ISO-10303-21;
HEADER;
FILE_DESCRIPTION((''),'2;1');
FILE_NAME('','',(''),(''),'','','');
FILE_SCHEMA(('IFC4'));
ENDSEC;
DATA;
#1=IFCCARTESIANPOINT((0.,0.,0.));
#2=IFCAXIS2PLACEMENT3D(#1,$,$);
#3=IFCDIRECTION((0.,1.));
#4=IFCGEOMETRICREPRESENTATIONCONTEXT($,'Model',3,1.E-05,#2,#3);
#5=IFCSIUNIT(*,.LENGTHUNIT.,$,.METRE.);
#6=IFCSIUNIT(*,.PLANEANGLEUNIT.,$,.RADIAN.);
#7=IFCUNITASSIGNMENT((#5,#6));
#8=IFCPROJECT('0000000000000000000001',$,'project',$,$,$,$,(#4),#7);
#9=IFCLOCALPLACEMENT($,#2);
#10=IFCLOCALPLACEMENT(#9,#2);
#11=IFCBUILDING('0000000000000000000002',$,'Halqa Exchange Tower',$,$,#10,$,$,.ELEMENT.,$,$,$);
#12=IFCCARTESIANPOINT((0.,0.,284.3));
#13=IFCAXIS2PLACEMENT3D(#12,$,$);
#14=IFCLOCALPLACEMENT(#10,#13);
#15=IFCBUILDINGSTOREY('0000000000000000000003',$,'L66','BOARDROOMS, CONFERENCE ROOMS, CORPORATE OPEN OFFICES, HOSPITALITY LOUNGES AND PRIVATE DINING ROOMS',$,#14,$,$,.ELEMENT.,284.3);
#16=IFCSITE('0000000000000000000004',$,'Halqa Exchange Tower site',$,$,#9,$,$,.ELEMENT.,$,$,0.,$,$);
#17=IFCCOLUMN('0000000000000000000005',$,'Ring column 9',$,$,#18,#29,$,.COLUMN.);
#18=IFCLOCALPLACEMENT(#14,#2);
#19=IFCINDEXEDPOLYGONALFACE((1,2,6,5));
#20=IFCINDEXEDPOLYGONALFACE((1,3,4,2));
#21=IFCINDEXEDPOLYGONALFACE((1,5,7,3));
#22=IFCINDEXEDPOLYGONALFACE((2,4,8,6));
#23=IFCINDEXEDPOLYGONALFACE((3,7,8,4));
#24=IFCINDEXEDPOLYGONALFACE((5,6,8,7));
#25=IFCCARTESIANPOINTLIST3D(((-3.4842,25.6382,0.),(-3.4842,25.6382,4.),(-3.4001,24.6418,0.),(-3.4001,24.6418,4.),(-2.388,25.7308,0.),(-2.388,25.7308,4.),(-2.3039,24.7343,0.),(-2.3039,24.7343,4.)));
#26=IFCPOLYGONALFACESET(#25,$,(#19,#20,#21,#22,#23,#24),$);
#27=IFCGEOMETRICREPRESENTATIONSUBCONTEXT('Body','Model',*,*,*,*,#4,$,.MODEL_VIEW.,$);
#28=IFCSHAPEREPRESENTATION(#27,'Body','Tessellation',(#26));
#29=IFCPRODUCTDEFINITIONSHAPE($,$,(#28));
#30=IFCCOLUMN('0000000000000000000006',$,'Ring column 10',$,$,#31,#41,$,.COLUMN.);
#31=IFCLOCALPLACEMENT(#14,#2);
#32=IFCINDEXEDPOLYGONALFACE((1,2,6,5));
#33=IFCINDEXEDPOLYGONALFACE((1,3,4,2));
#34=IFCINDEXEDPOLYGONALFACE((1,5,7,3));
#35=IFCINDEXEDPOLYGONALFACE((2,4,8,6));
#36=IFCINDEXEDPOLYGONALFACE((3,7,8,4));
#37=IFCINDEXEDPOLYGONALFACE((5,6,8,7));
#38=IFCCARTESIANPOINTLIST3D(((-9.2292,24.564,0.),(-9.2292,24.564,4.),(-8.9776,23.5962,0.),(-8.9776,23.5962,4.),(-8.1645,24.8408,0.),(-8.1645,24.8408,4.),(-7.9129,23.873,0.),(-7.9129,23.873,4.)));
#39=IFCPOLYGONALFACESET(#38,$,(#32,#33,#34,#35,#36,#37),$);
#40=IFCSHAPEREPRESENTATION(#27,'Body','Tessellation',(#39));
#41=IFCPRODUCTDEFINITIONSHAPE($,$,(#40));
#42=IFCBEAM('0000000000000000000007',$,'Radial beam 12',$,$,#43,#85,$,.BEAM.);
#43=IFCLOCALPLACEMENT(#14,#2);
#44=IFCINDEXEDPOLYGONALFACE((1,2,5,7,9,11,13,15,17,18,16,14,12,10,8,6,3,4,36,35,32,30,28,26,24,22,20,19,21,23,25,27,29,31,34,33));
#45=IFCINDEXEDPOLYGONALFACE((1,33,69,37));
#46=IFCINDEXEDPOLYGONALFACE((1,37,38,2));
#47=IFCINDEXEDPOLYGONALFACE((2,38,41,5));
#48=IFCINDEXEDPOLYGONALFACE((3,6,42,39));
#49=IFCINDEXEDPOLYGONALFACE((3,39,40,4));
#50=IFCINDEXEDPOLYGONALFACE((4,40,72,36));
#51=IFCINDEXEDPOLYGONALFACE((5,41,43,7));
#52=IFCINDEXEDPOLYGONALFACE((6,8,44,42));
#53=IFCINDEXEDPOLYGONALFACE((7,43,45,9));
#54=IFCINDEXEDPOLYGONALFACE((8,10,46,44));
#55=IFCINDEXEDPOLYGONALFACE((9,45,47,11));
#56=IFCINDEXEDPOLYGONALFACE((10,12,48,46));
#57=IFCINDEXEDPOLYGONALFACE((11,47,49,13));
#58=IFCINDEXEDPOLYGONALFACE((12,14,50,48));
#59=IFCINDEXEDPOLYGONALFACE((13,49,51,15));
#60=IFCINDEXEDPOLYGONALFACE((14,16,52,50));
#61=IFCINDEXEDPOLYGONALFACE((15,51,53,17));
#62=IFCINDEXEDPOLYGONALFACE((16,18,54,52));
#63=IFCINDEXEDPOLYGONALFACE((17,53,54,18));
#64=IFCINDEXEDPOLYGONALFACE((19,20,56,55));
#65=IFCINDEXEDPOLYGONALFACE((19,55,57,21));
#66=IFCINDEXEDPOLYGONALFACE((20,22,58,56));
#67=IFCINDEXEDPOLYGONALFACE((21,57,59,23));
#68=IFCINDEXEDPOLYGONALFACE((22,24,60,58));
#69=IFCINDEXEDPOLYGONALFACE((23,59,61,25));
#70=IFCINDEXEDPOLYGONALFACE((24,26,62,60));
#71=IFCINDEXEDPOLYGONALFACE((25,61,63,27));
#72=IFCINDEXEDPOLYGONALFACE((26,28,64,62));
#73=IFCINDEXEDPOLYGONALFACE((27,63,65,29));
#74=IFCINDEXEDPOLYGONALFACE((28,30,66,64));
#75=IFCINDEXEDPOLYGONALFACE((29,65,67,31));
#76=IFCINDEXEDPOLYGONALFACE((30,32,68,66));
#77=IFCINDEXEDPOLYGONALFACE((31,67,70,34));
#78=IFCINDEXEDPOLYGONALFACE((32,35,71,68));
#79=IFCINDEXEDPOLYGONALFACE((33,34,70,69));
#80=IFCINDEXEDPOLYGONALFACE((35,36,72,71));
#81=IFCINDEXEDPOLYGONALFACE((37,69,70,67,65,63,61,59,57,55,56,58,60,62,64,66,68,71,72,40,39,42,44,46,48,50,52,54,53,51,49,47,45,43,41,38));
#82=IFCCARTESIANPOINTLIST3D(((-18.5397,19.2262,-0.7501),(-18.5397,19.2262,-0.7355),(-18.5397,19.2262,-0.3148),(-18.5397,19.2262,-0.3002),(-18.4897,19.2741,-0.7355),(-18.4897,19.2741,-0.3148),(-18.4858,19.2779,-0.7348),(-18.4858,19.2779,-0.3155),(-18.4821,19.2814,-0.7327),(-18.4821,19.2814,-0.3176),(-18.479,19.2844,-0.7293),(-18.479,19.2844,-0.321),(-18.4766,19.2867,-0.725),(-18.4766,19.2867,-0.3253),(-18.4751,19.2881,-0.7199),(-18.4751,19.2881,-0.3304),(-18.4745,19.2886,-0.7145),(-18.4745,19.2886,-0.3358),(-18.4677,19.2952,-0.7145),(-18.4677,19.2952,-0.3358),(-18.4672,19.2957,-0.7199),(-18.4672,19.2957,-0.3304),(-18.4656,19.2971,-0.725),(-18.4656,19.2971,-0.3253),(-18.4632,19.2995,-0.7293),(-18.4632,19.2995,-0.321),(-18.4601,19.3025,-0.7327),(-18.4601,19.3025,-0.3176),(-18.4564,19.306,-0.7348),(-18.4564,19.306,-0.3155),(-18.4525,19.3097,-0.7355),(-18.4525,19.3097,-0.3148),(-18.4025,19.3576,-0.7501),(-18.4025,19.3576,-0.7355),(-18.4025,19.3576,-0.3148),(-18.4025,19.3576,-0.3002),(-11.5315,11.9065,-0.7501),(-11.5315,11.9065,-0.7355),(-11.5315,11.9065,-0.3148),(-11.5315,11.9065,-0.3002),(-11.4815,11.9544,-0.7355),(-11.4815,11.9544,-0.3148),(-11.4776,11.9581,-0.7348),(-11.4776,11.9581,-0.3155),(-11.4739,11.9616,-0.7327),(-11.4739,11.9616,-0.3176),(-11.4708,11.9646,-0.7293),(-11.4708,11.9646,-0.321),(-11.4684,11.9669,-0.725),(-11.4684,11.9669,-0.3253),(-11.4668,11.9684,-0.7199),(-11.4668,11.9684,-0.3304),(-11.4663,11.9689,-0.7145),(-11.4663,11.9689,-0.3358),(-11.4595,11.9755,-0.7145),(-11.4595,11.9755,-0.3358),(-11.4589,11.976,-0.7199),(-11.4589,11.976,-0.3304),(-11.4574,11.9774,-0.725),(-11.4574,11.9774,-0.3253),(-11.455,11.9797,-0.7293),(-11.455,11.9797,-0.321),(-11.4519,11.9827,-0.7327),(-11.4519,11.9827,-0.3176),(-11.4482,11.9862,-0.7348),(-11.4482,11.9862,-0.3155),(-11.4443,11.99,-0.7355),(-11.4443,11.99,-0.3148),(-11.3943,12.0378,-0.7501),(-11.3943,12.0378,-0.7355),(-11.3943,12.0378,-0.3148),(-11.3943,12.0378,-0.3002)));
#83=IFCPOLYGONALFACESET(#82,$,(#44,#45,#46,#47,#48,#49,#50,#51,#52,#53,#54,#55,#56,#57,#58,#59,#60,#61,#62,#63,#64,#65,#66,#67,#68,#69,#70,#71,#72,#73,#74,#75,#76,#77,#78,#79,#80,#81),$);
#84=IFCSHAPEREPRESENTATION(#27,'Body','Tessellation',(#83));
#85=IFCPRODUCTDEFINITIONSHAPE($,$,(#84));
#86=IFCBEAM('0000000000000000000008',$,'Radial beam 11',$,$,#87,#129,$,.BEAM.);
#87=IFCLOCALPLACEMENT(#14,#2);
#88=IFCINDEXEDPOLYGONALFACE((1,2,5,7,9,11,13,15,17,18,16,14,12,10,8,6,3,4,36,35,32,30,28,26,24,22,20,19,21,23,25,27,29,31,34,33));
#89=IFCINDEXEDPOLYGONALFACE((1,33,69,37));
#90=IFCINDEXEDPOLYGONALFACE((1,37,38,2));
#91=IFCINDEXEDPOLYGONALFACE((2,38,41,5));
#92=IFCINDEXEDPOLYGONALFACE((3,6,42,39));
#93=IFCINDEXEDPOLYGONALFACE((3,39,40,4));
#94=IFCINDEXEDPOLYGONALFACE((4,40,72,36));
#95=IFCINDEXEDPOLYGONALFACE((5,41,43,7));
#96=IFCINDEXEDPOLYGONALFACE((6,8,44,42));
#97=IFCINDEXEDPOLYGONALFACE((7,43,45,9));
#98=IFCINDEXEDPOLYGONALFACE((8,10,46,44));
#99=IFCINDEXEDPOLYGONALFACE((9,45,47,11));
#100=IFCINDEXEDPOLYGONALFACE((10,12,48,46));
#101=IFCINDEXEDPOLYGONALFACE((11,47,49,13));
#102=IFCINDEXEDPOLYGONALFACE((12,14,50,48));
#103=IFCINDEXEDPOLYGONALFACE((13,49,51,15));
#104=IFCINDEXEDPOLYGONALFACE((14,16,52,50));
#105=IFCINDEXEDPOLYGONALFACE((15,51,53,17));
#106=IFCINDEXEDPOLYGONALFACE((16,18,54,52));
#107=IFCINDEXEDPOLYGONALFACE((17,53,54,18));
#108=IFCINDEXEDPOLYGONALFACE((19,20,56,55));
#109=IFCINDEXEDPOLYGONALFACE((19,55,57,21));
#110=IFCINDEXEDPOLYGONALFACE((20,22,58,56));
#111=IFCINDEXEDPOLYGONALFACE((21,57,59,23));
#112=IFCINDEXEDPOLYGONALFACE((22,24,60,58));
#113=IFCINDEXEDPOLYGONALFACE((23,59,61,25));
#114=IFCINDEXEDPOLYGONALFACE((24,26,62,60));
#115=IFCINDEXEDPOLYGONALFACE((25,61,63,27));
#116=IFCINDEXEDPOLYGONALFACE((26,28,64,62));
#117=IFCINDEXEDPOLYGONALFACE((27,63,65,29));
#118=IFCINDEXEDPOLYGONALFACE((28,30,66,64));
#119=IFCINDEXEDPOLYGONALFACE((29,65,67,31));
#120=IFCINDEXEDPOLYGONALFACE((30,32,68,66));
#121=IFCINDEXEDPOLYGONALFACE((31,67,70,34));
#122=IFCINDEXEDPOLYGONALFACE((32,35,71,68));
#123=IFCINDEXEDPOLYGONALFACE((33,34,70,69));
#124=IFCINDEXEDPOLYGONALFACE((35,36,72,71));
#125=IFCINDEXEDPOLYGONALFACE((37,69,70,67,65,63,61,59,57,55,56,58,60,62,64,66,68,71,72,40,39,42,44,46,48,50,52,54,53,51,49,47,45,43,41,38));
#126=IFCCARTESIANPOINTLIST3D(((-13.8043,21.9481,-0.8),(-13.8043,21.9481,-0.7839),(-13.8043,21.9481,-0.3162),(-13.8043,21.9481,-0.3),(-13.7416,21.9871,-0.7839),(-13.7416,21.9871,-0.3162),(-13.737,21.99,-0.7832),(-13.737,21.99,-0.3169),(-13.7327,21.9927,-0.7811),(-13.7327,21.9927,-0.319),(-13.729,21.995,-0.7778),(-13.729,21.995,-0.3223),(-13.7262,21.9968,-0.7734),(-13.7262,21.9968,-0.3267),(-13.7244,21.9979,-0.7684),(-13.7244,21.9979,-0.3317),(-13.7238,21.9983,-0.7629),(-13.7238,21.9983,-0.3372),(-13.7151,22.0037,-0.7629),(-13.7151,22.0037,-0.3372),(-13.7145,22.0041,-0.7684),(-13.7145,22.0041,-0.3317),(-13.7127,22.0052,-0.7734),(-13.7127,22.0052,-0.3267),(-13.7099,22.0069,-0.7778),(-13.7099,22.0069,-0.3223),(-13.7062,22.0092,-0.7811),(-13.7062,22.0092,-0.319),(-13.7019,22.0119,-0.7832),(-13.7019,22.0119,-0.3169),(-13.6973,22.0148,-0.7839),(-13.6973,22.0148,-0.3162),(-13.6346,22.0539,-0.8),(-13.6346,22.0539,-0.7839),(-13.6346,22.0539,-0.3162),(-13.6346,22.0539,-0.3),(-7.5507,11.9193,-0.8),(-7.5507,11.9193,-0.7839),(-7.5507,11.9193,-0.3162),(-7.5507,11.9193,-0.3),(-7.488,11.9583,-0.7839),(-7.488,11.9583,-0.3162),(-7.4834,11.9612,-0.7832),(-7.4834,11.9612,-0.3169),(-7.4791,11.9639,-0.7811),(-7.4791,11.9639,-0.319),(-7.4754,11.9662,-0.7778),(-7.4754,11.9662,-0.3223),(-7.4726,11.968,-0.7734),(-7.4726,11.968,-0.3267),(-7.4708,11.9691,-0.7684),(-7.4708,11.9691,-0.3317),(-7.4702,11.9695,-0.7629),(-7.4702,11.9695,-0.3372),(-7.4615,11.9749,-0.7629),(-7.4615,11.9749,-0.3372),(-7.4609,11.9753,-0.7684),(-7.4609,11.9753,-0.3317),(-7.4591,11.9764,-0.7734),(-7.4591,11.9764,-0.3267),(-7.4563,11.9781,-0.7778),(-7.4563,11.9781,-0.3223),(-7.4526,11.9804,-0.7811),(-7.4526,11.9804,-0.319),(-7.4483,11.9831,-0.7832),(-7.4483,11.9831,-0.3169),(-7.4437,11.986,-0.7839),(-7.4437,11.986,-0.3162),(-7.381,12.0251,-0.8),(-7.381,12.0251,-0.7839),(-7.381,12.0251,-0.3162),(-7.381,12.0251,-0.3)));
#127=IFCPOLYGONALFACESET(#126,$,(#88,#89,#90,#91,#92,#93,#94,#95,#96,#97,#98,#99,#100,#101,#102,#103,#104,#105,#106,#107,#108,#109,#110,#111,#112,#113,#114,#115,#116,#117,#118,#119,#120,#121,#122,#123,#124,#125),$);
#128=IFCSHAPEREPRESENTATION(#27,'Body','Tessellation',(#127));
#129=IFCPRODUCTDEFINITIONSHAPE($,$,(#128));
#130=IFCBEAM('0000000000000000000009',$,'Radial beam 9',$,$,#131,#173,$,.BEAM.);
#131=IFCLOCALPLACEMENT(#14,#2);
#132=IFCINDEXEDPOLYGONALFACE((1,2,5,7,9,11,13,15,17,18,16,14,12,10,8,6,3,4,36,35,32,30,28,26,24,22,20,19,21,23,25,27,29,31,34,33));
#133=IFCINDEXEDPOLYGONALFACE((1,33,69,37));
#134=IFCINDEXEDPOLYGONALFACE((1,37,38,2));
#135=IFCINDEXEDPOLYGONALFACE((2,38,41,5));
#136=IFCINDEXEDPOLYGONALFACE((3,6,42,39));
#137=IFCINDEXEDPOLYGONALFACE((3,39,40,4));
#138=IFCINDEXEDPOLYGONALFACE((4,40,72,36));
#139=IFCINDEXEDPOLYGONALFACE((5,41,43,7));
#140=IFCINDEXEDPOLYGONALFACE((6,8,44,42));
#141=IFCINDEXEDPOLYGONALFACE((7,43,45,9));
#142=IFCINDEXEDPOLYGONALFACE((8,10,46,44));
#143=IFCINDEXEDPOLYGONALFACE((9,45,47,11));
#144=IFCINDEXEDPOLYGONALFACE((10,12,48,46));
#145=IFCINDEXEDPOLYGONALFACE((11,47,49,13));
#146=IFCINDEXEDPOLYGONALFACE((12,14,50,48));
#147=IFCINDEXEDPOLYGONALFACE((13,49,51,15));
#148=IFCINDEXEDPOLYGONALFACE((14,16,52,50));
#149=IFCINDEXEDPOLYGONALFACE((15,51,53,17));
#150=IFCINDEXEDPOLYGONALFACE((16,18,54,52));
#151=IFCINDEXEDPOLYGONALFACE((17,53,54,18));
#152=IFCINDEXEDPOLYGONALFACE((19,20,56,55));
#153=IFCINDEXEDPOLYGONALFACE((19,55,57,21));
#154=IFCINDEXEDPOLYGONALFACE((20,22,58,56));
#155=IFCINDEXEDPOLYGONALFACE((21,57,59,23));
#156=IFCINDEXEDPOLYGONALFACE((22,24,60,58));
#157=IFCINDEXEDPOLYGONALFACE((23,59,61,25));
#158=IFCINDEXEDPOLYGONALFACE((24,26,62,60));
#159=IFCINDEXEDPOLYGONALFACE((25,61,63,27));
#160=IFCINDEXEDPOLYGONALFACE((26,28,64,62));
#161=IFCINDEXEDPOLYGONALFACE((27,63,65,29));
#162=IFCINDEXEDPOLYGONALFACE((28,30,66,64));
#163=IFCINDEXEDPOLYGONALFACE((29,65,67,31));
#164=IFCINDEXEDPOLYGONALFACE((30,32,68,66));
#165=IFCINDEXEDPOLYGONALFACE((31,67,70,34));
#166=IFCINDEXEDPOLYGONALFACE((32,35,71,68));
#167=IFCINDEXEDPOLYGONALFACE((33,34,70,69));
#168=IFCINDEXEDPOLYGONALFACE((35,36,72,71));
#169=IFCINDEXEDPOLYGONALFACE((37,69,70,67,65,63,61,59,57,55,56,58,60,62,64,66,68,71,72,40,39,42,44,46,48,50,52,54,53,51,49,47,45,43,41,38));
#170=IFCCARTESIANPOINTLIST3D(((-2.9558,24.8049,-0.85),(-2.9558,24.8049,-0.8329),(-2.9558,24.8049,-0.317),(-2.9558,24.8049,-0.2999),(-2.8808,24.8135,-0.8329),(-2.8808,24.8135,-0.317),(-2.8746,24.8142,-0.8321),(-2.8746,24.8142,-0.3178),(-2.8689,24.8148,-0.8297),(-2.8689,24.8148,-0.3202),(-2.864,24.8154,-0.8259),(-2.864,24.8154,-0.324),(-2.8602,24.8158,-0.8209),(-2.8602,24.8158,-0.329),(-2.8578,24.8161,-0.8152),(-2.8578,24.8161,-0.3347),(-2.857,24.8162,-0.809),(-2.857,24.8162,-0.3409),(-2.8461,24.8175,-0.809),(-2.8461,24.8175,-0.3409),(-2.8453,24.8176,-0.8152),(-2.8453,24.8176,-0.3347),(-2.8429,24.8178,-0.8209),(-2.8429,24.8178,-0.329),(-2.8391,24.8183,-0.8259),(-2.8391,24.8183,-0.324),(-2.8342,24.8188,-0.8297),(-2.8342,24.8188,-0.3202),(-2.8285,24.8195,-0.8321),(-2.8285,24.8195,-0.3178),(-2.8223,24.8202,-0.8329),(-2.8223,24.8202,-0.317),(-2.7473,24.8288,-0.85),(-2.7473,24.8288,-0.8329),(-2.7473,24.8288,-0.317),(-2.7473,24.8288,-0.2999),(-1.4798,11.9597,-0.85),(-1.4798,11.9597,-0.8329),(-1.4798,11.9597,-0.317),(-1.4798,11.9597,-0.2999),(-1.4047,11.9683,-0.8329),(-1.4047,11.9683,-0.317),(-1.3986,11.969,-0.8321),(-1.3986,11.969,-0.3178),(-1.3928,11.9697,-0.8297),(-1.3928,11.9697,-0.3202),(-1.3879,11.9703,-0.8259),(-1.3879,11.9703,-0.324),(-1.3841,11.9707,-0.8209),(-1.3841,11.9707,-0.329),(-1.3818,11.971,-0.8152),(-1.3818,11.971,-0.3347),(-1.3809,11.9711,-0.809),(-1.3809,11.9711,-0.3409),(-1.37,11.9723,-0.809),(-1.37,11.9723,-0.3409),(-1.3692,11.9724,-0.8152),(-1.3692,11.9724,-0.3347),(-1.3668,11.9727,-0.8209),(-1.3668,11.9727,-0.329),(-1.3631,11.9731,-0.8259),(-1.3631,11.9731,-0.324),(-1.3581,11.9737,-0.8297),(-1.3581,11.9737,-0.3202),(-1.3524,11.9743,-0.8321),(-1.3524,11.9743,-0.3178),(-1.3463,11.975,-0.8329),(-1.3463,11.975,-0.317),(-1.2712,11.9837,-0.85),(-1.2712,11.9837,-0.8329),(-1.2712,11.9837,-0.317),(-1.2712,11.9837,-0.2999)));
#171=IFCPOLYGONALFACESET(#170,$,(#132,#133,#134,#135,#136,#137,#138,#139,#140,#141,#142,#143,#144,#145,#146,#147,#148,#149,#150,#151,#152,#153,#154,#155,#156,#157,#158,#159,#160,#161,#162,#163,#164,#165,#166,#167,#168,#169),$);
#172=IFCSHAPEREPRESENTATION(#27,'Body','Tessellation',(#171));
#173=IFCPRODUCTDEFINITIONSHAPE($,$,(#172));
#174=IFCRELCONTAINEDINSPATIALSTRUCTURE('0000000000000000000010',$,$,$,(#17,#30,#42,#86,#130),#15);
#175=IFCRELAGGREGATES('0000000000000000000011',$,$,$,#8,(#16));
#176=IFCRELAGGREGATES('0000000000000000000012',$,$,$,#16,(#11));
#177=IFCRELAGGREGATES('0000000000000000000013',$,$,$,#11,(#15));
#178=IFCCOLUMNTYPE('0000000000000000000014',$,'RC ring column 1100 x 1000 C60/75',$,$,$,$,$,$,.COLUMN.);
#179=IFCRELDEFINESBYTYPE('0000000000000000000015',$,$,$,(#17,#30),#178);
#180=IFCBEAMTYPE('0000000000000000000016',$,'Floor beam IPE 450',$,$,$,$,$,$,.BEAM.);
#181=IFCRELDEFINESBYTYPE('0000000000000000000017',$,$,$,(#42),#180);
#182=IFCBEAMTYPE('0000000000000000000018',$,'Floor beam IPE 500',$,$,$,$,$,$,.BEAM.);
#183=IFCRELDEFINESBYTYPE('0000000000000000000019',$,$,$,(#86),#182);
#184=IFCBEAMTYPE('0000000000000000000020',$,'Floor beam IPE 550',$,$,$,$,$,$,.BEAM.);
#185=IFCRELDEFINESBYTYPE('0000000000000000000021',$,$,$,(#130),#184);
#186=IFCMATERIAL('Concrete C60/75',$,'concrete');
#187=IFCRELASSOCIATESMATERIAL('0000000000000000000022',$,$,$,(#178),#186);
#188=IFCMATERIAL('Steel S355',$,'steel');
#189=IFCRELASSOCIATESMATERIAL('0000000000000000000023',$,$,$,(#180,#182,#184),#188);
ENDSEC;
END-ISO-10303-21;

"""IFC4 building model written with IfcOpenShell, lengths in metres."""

from ifc_helpers import new_model, si_unit, direction, frame, origin, origin_2d, place, context, subcontext, project, spatial, rectangle, i_section, extrude, material, material_profile, profile_set, type_object, element, save


model = new_model("IFC4")

# Units and contexts
model_context = context("Model", 3, precision=1e-05, world=origin(), true_north=direction((0.0, 1.0)))
body_context = subcontext(model_context, "Body", "Model", "MODEL_VIEW")
ifc_project = project(units=[si_unit("LENGTHUNIT", "METRE"), si_unit("PLANEANGLEUNIT", "RADIAN")], contexts=[model_context])

# Site, building, storey
site_placement = place(None, origin())
site = spatial("IfcSite", under=ifc_project, at=site_placement, Name="Halqa Exchange Tower site", CompositionType="ELEMENT", RefElevation=0.0)
building_placement = place(site_placement, origin())
building = spatial("IfcBuilding", under=site, at=building_placement, Name="Halqa Exchange Tower", CompositionType="ELEMENT")
storey_placement = place(building_placement, frame((0.0, 0.0, 284.3)))
storey = spatial("IfcBuildingStorey", under=building, at=storey_placement, Name="L66", Description="BOARDROOMS, CONFERENCE ROOMS, CORPORATE OPEN OFFICES, HOSPITALITY LOUNGES AND PRIVATE DINING ROOMS", CompositionType="ELEMENT", Elevation=284.3)

# Columns
ifc_material_1 = material(Name="Concrete C60/75", Category="concrete")
ifc_material_profile_1 = material_profile(ifc_material_1, rectangle(XDim=1.1001, YDim=1.0, at=origin_2d()), Name="1100 x 1000")
ifc_profile_set_1 = profile_set([ifc_material_profile_1], Name="Concrete C60/75")
column_type = type_object("IfcColumnType", Name="RC ring column 1100 x 1000 C60/75", PredefinedType="COLUMN", material=ifc_profile_set_1)
for number, where, z_axis, x_axis, name in (
    (1, (-2.894, 25.1863, 0.0), (0.0, 0.0, 1.0), (-0.996456, -0.084121, 0.0), "Ring column 9"),
    (2, (-8.571, 24.2185, 0.0), (0.0, 0.0, 1.0), (-0.96782, -0.251644, 0.0), "Ring column 10"),
):
    element("IfcColumn", number, at=place(storey_placement, frame(where, z_axis=z_axis, x_axis=x_axis)), inside=storey, type_object=column_type, Name=name, PredefinedType="COLUMN", context=body_context, shape_type="SweptSolid", body=[
        extrude(rectangle(XDim=1.1001, YDim=1.0, at=origin_2d()), origin(), (0.0, 0.0, 1.0), 4.0),
    ])

# Beams
ifc_material_2 = material(Name="Steel S355", Category="steel")
ifc_material_profile_2 = material_profile(ifc_material_2, i_section(OverallWidth=0.1899, OverallDepth=0.45, WebThickness=0.0095, FlangeThickness=0.0146, FilletRadius=0.021, at=origin_2d()), Name="IPE 450")
ifc_profile_set_2 = profile_set([ifc_material_profile_2], Name="Steel S355")
beam_type_1 = type_object("IfcBeamType", Name="Floor beam IPE 450", PredefinedType="BEAM", material=ifc_profile_set_2)
beam_1_placement = place(storey_placement, frame((-11.4629, 11.9722, -0.5251), z_axis=(-0.691569, 0.72231, 0.0), x_axis=(-0.72231, -0.691569, 0.0)))
element("IfcBeam", 3, at=beam_1_placement, inside=storey, type_object=beam_type_1, Name="Radial beam 12", PredefinedType="BEAM", context=body_context, shape_type="SweptSolid", body=[
    extrude(i_section(OverallWidth=0.1899, OverallDepth=0.45, WebThickness=0.0095, FlangeThickness=0.0146, FilletRadius=0.021, at=origin_2d()), origin(), (0.0, 0.0, 1.0), 10.1338),
])
ifc_material_profile_3 = material_profile(ifc_material_2, i_section(OverallWidth=0.2, OverallDepth=0.5, WebThickness=0.0103, FlangeThickness=0.0161, FilletRadius=0.021, at=origin_2d()), Name="IPE 500")
ifc_profile_set_3 = profile_set([ifc_material_profile_3], Name="Steel S355")
beam_type_2 = type_object("IfcBeamType", Name="Floor beam IPE 500", PredefinedType="BEAM", material=ifc_profile_set_3)
beam_2_placement = place(storey_placement, frame((-7.4658, 11.9722, -0.55), z_axis=(-0.529126, 0.848543, 0.0), x_axis=(-0.848543, -0.529126, 0.0)))
element("IfcBeam", 4, at=beam_2_placement, inside=storey, type_object=beam_type_2, Name="Radial beam 11", PredefinedType="BEAM", context=body_context, shape_type="SweptSolid", body=[
    extrude(i_section(OverallWidth=0.2, OverallDepth=0.5, WebThickness=0.0103, FlangeThickness=0.0161, FilletRadius=0.021, at=origin_2d()), origin(), (0.0, 0.0, 1.0), 11.8188),
])
ifc_material_profile_4 = material_profile(ifc_material_2, i_section(OverallWidth=0.21, OverallDepth=0.55, WebThickness=0.011, FlangeThickness=0.0171, FilletRadius=0.0239, at=origin_2d()), Name="IPE 550")
ifc_profile_set_4 = profile_set([ifc_material_profile_4], Name="Steel S355")
beam_type_3 = type_object("IfcBeamType", Name="Floor beam IPE 550", PredefinedType="BEAM", material=ifc_profile_set_4)
beam_3_placement = place(storey_placement, frame((-1.3755, 11.9717, -0.575), z_axis=(-0.114161, 0.993462, 0.0), x_axis=(-0.993462, -0.114161, 0.0)))
element("IfcBeam", 5, at=beam_3_placement, inside=storey, type_object=beam_type_3, Name="Radial beam 9", PredefinedType="BEAM", context=body_context, shape_type="SweptSolid", body=[
    extrude(i_section(OverallWidth=0.21, OverallDepth=0.55, WebThickness=0.011, FlangeThickness=0.0171, FilletRadius=0.0239, at=origin_2d()), origin(), (0.0, 0.0, 1.0), 12.9297),
])

save(model, "model.ifc")
